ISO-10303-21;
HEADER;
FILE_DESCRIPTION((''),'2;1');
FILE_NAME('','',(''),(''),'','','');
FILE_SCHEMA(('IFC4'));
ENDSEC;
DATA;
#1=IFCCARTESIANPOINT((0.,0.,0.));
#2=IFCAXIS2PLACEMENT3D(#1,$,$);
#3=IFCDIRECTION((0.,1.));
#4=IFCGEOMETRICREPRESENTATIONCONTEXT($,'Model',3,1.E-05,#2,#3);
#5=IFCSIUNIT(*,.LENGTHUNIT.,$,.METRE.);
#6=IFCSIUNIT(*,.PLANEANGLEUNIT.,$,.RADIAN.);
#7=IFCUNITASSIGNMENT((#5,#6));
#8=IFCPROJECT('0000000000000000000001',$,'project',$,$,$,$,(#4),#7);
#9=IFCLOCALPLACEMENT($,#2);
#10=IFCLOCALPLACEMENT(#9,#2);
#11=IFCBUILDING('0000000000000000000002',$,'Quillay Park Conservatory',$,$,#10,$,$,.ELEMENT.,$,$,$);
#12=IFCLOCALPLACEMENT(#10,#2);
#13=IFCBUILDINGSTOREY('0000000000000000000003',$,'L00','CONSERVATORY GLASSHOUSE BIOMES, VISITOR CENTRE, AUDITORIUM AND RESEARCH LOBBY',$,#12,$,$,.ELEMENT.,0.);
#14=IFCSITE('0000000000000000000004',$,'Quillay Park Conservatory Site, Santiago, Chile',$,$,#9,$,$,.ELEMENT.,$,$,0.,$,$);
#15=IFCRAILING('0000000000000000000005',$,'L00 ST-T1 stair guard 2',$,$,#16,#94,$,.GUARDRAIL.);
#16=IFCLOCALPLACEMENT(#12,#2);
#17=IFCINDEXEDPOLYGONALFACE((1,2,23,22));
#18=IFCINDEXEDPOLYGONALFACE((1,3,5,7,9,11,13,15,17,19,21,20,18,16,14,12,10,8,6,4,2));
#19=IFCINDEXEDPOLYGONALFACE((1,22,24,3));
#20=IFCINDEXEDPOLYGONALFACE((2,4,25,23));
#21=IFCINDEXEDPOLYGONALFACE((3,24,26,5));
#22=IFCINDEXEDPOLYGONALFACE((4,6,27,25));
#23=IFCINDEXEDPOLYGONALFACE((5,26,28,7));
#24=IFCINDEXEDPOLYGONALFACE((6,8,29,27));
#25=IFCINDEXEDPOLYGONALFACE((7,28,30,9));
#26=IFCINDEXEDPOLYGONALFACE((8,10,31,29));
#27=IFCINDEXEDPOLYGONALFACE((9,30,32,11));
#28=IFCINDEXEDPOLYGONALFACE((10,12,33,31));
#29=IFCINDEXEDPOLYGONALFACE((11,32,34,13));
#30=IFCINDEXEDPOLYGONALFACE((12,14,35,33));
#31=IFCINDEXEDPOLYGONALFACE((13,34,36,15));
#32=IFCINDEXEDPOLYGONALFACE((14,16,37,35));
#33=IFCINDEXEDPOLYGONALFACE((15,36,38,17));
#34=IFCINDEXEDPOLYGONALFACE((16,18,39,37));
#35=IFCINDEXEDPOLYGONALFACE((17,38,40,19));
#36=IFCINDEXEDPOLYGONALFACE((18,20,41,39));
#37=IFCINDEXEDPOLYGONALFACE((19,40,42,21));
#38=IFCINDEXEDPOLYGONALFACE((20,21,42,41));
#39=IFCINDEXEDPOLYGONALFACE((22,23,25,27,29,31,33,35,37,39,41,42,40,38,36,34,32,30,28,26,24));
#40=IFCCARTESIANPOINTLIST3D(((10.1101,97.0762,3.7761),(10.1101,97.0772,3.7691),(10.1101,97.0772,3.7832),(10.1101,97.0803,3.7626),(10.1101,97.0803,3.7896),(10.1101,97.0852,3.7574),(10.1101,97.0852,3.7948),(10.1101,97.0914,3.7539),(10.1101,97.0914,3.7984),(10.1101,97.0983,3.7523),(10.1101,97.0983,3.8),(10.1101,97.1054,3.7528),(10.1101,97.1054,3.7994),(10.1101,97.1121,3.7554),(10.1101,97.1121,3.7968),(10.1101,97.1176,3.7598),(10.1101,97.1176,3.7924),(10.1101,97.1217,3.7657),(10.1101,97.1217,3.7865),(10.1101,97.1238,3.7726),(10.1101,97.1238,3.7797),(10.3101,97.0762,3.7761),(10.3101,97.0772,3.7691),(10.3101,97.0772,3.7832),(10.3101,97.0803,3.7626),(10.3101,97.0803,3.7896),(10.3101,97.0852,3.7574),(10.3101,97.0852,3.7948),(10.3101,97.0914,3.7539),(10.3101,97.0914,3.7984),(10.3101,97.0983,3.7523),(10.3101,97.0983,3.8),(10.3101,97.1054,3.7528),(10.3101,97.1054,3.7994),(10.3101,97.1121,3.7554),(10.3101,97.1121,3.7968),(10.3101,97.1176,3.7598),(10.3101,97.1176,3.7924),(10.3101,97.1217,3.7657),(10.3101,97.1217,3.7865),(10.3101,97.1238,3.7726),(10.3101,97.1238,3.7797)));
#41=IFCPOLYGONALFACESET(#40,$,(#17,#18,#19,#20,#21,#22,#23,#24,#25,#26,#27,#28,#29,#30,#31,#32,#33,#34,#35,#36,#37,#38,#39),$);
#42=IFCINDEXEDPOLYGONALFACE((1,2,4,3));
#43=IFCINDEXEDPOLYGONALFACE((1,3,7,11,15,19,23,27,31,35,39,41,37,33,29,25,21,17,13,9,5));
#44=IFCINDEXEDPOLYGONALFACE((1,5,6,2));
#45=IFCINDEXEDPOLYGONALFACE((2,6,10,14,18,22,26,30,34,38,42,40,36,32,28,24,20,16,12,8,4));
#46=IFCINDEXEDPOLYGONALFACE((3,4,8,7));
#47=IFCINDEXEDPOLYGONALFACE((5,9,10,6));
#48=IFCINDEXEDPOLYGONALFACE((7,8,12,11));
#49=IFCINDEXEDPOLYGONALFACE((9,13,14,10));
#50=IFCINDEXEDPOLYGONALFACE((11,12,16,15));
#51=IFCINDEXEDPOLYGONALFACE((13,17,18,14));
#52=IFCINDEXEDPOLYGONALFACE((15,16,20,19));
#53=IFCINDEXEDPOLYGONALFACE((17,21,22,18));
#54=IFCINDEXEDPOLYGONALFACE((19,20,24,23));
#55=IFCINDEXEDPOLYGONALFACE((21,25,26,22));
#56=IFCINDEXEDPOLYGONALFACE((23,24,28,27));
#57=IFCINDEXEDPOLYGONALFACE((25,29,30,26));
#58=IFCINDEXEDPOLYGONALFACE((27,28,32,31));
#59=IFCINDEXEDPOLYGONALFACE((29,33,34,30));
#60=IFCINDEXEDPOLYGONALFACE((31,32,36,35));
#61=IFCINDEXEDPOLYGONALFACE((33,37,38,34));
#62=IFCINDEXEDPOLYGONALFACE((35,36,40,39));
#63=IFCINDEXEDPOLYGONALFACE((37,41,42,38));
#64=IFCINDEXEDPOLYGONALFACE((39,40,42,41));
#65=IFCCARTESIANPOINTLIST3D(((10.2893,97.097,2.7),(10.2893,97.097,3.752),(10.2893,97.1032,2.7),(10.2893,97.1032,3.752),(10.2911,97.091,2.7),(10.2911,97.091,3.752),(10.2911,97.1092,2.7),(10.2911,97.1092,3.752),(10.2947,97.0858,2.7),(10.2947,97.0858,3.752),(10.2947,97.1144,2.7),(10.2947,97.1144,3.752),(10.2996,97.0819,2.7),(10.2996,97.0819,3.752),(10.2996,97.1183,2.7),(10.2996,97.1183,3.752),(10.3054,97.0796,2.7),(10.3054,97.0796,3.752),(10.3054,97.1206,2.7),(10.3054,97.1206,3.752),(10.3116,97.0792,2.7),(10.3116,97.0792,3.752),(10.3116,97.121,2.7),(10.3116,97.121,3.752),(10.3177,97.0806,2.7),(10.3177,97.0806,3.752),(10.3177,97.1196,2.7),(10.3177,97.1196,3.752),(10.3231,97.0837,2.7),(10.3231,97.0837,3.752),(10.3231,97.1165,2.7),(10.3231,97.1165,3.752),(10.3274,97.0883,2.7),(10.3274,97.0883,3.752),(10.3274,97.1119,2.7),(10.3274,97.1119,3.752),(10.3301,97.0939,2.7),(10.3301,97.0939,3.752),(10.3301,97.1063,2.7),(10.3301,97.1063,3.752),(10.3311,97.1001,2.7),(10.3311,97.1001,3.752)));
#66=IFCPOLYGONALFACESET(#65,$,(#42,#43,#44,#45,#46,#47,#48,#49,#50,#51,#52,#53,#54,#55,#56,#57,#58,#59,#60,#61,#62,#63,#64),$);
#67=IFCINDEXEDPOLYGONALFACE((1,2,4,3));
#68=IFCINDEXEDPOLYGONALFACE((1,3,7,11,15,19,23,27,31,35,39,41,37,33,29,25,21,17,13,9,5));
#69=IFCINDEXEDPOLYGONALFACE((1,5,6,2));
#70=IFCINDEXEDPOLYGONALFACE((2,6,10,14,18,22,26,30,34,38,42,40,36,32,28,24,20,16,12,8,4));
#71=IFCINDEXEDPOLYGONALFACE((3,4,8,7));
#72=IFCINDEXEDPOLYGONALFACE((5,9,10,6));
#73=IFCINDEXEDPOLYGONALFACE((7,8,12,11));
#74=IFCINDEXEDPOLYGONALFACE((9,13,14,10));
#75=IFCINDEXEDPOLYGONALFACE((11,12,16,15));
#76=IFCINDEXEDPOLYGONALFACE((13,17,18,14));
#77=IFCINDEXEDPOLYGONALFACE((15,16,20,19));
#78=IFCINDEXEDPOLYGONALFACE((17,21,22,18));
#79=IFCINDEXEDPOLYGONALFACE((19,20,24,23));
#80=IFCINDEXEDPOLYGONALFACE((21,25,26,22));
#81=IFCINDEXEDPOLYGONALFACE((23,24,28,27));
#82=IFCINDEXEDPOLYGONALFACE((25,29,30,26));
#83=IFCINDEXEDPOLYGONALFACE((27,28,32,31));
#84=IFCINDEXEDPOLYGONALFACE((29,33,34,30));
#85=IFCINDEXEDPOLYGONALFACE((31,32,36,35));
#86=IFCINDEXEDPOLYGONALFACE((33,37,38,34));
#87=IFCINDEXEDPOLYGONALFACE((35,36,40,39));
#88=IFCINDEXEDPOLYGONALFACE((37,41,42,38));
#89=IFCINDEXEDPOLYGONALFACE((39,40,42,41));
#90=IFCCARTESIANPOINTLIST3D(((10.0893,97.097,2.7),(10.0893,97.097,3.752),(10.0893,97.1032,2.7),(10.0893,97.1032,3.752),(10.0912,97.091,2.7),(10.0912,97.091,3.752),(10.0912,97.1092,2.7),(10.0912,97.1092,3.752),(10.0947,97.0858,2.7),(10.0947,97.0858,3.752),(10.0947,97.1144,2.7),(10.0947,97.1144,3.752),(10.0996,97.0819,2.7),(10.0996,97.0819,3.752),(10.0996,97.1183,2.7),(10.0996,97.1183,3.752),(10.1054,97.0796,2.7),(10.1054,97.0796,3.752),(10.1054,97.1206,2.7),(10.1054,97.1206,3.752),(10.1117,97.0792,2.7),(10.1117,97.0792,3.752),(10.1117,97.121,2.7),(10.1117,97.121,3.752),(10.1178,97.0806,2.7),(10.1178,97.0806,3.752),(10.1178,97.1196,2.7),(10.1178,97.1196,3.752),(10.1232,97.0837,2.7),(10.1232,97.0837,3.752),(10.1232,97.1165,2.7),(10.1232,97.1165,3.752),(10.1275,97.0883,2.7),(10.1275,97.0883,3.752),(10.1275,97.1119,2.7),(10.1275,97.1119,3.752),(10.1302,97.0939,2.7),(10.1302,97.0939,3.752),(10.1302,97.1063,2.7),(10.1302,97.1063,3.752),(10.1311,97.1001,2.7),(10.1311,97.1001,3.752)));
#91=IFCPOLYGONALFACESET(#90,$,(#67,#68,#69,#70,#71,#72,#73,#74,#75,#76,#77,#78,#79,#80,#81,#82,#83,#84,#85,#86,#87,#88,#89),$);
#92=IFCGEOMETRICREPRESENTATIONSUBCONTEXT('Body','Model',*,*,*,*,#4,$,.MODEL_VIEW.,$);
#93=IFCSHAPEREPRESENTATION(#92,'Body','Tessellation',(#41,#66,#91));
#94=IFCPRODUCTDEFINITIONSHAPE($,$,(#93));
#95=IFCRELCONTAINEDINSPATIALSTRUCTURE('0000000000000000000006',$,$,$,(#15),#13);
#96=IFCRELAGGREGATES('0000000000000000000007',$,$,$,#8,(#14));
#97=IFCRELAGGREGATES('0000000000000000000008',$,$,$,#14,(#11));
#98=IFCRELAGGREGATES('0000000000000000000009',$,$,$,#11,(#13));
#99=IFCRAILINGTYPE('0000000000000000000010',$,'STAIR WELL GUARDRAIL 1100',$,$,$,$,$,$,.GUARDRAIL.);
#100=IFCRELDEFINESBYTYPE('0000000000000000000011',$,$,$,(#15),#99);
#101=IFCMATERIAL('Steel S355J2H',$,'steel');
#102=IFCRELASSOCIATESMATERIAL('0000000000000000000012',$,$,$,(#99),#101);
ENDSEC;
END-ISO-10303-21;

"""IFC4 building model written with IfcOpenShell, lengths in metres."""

from ifc_helpers import new_model, si_unit, direction, frame, origin, origin_2d, place, context, subcontext, project, spatial, circle, extrude, material, type_object, element, save


model = new_model("IFC4")

# Units and contexts
model_context = context("Model", 3, precision=1e-05, world=origin(), true_north=direction((0.0, 1.0)))
body_context = subcontext(model_context, "Body", "Model", "MODEL_VIEW")
ifc_project = project(units=[si_unit("LENGTHUNIT", "METRE"), si_unit("PLANEANGLEUNIT", "RADIAN")], contexts=[model_context])

# Site, building, storey
site_placement = place(None, origin())
site = spatial("IfcSite", under=ifc_project, at=site_placement, Name="Quillay Park Conservatory Site, Santiago, Chile", CompositionType="ELEMENT", RefElevation=0.0)
building_placement = place(site_placement, origin())
building = spatial("IfcBuilding", under=site, at=building_placement, Name="Quillay Park Conservatory", CompositionType="ELEMENT")
storey_placement = place(building_placement, origin())
storey = spatial("IfcBuildingStorey", under=building, at=storey_placement, Name="L00", Description="CONSERVATORY GLASSHOUSE BIOMES, VISITOR CENTRE, AUDITORIUM AND RESEARCH LOBBY", CompositionType="ELEMENT", Elevation=0.0)

# Railing
ifc_material_1 = material(Name="Steel S355J2H", Category="steel")
railing_type_1 = type_object("IfcRailingType", Name="STAIR WELL GUARDRAIL 1100", PredefinedType="GUARDRAIL", material=ifc_material_1)
railing_1_placement = place(storey_placement, frame((10.3101, 97.1001, 2.7)))
element("IfcRailing", 1, at=railing_1_placement, inside=storey, type_object=railing_type_1, Name="L00 ST-T1 stair guard 2", PredefinedType="GUARDRAIL", context=body_context, shape_type="SweptSolid", body=[
    extrude(circle(Radius=0.0239, at=origin_2d()), frame((0.0, 0.0, 1.0762), z_axis=(-1.0, 0.0, 0.0), x_axis=(0.0, -1.0, 0.0)), (0.0, 0.0, 1.0), 0.2),
    extrude(circle(Radius=0.021, at=origin_2d()), origin(), (0.0, 0.0, 1.0), 1.052),
    extrude(circle(Radius=0.021, at=origin_2d()), frame((-0.2, 0.0, 0.0)), (0.0, 0.0, 1.0), 1.052),
])

save(model, "model.ifc")
